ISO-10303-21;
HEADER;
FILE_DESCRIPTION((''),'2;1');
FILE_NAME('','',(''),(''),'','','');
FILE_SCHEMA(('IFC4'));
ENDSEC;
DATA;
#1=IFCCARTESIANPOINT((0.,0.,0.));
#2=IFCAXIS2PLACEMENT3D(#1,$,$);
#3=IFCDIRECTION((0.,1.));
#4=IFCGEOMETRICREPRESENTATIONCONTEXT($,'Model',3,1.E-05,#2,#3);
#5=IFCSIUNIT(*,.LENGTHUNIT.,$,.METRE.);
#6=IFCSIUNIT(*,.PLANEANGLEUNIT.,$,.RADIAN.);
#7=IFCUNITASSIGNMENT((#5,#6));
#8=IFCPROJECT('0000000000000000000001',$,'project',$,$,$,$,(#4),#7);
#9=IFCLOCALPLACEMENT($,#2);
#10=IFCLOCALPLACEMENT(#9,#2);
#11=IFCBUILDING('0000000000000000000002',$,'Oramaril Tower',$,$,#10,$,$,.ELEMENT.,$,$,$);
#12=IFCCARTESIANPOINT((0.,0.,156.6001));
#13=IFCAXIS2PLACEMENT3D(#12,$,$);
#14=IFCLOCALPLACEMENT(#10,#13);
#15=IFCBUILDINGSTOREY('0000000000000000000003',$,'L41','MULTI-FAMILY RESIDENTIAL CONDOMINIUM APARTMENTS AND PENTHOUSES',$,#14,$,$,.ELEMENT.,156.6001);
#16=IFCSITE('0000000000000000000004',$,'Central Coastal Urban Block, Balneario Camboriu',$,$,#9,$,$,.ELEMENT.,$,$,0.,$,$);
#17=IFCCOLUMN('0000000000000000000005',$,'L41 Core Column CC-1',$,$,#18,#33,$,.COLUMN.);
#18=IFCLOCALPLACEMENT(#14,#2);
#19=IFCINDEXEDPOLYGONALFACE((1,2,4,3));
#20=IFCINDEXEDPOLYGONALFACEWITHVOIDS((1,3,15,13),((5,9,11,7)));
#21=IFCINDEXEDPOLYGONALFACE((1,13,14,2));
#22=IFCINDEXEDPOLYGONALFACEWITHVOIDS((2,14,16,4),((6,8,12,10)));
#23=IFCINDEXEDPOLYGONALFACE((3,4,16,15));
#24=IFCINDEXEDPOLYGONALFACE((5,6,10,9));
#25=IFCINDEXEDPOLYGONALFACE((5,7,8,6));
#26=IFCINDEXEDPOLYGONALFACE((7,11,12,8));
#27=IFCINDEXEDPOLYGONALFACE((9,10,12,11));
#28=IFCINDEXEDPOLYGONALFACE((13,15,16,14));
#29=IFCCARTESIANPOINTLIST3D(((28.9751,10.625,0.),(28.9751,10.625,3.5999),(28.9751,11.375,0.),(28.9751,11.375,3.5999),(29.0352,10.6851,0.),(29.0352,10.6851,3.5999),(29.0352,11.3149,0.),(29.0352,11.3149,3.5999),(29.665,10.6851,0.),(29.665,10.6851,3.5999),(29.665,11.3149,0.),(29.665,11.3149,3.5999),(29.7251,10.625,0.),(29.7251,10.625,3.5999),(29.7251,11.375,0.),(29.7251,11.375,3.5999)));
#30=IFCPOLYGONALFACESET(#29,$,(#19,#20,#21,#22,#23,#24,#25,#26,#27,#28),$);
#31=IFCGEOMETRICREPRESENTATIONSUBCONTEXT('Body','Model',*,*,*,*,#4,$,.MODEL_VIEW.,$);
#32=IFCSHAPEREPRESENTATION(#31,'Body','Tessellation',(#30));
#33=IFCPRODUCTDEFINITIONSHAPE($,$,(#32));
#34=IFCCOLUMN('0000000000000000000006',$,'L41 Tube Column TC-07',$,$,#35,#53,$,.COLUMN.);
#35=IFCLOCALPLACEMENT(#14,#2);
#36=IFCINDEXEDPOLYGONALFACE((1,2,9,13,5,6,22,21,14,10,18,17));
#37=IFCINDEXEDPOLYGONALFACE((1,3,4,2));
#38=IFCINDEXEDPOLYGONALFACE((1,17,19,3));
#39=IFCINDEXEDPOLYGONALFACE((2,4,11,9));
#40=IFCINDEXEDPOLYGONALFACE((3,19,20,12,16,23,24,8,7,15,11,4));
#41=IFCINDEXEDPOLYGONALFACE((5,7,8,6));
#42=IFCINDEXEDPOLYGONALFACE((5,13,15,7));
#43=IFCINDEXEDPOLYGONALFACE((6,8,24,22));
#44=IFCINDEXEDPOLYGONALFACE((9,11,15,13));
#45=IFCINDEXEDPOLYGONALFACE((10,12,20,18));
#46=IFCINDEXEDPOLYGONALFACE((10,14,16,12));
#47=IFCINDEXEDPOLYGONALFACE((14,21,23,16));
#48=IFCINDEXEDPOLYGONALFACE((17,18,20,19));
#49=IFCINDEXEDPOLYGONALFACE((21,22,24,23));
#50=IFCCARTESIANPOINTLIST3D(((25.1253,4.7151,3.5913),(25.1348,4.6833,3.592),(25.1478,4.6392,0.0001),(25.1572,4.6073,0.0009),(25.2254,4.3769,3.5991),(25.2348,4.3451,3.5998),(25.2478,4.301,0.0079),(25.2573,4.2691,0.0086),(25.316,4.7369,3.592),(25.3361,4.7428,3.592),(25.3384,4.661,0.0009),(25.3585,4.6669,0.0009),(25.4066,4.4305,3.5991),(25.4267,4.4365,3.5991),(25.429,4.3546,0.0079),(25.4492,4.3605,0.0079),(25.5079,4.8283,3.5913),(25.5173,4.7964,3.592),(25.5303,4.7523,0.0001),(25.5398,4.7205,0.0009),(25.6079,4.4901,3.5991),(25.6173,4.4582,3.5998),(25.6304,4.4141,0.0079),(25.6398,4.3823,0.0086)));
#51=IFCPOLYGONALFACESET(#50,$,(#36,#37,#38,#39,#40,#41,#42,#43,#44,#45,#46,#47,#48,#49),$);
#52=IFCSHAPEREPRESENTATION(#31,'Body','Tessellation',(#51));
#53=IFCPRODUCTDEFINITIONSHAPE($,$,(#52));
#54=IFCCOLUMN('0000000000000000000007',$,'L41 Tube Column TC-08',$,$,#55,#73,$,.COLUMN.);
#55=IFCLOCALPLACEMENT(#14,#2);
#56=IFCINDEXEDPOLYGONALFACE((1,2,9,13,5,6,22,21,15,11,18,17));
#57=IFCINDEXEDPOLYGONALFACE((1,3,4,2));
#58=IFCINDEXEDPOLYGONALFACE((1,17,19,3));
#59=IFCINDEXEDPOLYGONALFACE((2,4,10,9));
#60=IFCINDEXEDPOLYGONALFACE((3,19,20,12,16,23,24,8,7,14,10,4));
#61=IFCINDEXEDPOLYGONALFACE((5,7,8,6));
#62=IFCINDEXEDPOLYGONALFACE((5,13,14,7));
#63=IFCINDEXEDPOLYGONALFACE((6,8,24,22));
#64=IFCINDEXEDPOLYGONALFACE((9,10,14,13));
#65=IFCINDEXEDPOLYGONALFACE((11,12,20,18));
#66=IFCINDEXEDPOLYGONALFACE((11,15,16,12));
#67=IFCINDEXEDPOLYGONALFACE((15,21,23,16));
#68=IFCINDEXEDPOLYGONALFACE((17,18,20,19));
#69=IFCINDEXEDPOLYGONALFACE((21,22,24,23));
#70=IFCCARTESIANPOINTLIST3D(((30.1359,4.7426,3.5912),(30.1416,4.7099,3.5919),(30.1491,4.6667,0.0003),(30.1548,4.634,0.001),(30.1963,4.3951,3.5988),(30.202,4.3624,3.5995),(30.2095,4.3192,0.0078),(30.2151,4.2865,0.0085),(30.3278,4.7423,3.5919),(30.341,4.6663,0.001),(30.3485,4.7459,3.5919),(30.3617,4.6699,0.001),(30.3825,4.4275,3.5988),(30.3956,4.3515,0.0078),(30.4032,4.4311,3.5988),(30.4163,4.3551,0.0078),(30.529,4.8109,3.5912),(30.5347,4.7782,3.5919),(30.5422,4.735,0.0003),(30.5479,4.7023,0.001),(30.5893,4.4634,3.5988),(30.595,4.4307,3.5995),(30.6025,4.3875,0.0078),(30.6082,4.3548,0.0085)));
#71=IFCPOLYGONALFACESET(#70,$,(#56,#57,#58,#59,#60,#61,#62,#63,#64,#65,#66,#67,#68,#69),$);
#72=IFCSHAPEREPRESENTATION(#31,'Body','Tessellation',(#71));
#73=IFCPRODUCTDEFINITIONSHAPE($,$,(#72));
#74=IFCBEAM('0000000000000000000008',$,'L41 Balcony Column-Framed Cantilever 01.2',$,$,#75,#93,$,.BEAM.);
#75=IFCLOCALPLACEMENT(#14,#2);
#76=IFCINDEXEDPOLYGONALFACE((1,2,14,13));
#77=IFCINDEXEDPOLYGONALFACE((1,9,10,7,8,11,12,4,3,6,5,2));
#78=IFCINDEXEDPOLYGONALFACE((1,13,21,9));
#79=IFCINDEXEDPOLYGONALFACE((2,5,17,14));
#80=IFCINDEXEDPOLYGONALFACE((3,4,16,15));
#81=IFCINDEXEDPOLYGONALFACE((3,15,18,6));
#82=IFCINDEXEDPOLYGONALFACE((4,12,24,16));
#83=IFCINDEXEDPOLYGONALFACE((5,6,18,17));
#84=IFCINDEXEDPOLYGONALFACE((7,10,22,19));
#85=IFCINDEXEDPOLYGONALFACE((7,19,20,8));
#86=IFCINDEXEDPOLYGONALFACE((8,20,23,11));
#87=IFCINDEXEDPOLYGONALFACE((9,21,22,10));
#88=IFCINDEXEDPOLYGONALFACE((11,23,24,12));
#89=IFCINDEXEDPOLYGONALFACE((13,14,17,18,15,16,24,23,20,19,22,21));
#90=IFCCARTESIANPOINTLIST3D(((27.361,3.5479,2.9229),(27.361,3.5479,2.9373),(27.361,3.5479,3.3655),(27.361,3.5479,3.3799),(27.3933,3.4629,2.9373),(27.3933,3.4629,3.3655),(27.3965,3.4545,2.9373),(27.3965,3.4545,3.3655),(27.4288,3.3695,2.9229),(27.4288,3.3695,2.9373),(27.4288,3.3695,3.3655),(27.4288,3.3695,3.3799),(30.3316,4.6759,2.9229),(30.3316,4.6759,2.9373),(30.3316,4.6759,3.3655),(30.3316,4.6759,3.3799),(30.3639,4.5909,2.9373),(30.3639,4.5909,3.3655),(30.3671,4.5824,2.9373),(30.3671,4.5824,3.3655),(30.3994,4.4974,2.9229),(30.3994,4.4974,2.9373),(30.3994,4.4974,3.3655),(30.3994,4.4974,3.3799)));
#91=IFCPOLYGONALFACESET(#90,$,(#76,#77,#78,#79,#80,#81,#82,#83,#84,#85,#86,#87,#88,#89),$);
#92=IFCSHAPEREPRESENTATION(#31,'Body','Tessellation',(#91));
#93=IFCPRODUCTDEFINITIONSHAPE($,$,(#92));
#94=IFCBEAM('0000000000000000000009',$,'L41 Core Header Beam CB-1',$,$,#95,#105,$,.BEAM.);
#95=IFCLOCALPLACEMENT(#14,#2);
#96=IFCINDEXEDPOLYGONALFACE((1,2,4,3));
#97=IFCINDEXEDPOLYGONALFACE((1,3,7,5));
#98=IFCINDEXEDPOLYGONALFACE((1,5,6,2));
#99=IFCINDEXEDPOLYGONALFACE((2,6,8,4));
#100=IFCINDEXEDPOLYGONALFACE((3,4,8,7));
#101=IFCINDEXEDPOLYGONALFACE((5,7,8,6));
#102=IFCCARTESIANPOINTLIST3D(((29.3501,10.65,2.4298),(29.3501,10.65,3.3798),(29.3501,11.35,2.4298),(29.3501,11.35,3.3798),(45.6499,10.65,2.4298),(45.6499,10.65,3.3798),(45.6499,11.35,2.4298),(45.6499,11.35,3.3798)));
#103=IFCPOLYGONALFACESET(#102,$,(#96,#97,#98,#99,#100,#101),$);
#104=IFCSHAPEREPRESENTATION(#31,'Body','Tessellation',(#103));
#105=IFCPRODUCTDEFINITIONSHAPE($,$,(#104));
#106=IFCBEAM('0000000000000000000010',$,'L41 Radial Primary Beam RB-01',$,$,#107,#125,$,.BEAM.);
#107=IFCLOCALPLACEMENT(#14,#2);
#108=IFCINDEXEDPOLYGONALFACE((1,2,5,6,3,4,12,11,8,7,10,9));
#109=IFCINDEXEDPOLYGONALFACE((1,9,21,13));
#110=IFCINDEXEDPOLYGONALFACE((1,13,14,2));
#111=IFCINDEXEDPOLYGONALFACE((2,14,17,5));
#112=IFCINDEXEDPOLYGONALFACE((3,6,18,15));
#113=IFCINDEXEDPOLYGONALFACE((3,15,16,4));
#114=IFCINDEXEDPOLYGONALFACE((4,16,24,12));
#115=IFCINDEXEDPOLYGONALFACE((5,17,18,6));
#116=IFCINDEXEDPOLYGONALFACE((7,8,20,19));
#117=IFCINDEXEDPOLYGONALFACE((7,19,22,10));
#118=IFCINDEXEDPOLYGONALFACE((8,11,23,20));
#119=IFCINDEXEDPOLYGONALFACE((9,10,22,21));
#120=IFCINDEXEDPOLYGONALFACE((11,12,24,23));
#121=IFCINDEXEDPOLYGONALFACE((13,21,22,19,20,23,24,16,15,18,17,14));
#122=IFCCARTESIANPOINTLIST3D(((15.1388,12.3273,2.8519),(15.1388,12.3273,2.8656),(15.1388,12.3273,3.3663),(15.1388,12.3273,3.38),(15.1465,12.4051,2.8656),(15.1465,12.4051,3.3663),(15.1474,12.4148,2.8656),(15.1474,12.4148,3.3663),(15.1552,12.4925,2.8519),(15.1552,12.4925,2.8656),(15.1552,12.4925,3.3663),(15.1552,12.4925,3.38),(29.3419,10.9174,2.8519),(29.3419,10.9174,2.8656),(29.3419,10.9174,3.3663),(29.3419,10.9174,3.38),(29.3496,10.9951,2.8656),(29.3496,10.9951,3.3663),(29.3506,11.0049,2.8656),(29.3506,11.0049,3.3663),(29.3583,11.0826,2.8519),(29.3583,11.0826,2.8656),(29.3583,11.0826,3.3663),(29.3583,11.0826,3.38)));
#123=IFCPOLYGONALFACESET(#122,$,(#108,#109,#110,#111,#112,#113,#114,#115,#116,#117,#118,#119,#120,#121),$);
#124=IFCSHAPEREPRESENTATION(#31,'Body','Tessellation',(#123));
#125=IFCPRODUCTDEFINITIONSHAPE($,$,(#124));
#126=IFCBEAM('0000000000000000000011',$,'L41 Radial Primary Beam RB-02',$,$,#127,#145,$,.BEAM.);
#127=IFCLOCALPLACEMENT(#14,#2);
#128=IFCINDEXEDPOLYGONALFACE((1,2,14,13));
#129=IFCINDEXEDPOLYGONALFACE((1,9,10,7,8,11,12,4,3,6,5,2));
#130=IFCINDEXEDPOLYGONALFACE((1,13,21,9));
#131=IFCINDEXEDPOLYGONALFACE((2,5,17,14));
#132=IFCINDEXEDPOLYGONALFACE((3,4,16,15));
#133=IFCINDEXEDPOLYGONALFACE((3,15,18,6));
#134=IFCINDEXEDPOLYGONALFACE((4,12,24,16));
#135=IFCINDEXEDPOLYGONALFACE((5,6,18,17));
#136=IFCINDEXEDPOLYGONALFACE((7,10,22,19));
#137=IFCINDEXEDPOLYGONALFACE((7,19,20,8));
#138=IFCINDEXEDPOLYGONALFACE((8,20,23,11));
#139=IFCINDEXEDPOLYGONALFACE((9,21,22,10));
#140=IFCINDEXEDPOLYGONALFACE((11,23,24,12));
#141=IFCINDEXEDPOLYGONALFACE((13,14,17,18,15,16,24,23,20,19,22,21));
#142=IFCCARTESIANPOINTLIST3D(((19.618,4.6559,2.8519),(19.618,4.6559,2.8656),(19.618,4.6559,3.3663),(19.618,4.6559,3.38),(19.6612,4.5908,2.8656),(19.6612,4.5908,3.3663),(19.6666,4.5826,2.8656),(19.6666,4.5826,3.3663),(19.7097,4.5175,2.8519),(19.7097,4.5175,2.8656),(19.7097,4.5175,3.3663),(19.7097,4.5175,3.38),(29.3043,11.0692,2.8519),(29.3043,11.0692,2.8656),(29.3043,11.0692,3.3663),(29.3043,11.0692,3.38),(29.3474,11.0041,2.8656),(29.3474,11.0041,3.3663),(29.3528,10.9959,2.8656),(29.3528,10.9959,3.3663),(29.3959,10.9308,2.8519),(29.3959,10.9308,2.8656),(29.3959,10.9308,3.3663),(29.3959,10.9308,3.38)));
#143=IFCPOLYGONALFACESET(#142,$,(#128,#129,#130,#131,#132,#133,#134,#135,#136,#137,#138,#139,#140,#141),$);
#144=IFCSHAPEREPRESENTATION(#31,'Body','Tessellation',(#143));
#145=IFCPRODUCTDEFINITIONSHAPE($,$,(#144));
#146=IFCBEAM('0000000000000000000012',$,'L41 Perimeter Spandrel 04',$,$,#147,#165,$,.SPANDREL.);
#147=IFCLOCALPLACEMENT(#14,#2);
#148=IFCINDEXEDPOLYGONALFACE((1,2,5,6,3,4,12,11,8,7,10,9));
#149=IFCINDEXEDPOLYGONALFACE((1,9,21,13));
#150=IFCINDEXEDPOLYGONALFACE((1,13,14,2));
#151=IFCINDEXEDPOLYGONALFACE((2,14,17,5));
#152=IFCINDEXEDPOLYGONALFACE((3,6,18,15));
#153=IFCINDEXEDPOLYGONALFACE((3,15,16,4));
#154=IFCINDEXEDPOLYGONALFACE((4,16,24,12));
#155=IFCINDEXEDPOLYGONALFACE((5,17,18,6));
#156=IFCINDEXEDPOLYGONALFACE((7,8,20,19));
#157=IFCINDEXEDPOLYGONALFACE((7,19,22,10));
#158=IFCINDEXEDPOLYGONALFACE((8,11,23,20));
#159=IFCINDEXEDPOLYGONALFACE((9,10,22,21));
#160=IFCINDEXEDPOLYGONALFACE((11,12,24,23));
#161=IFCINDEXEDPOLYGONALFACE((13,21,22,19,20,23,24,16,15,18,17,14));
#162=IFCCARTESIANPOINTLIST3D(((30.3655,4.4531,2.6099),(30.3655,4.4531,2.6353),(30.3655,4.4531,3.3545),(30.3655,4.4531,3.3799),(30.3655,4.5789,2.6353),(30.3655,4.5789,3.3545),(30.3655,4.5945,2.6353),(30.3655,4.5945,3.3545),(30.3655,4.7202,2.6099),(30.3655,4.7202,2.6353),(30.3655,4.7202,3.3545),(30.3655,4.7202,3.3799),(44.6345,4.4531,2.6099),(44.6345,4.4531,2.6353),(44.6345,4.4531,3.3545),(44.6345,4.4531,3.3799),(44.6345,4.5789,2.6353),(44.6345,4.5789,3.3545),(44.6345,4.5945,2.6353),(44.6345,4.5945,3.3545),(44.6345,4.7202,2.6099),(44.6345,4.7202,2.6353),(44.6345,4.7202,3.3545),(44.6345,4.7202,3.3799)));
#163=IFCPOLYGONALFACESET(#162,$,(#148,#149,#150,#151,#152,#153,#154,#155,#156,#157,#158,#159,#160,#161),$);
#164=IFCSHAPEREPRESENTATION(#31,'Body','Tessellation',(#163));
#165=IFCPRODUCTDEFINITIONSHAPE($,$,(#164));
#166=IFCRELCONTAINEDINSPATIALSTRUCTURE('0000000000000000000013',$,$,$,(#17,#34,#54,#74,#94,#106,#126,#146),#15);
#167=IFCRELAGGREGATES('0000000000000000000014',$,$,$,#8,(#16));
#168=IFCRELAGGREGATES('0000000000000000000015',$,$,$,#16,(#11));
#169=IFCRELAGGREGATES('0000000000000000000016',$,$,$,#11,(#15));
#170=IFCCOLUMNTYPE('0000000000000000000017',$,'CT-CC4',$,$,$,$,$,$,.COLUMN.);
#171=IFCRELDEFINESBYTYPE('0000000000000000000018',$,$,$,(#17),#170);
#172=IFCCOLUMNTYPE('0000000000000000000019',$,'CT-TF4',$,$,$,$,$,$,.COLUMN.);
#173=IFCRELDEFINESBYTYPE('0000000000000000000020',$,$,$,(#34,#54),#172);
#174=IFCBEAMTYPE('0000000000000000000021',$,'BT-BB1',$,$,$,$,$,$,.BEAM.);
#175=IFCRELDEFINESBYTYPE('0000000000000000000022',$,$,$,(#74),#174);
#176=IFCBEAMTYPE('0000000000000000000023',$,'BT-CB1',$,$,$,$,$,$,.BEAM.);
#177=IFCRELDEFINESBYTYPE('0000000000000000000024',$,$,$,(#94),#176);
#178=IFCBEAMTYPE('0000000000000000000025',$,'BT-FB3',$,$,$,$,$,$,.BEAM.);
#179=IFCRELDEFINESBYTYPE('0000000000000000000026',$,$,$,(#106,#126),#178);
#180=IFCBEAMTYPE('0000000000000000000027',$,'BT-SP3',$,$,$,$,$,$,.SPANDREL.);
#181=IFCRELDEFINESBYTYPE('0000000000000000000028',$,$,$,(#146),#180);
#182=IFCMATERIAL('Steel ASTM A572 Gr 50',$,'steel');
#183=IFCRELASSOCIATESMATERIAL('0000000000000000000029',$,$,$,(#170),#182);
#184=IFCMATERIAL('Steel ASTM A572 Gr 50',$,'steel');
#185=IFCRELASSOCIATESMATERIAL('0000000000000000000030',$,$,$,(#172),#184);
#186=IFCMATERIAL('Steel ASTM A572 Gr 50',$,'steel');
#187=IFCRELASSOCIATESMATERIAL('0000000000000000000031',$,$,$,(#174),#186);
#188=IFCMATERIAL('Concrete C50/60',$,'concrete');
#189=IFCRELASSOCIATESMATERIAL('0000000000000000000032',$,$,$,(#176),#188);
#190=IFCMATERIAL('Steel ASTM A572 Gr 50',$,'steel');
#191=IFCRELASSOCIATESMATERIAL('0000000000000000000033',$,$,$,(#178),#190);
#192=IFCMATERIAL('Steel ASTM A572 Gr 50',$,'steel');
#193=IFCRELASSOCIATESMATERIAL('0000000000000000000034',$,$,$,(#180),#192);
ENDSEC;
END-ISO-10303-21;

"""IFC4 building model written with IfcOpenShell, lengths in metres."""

from ifc_helpers import new_model, si_unit, direction, frame, origin, origin_2d, place, context, subcontext, project, spatial, rectangle, hollow_rectangle, i_section, extrude, material, material_profile, profile_set, type_object, element, save


model = new_model("IFC4")

# Units and contexts
model_context = context("Model", 3, precision=1e-05, world=origin(), true_north=direction((0.0, 1.0)))
body_context = subcontext(model_context, "Body", "Model", "MODEL_VIEW")
ifc_project = project(units=[si_unit("LENGTHUNIT", "METRE"), si_unit("PLANEANGLEUNIT", "RADIAN")], contexts=[model_context])

# Site, building, storey
site_placement = place(None, origin())
site = spatial("IfcSite", under=ifc_project, at=site_placement, Name="Central Coastal Urban Block, Balneario Camboriu", CompositionType="ELEMENT", RefElevation=0.0)
building_placement = place(site_placement, origin())
building = spatial("IfcBuilding", under=site, at=building_placement, Name="Oramaril Tower", CompositionType="ELEMENT")
storey_placement = place(building_placement, frame((0.0, 0.0, 156.6001)))
storey = spatial("IfcBuildingStorey", under=building, at=storey_placement, Name="L41", Description="MULTI-FAMILY RESIDENTIAL CONDOMINIUM APARTMENTS AND PENTHOUSES", CompositionType="ELEMENT", Elevation=156.6001)

# Columns
ifc_material_1 = material(Name="Steel ASTM A572 Gr 50", Category="steel")
ifc_material_profile_1 = material_profile(ifc_material_1, hollow_rectangle(XDim=0.75, YDim=0.75, WallThickness=0.0601, at=origin_2d()), Name="BOX750X750X60")
ifc_profile_set_1 = profile_set([ifc_material_profile_1], Name="Steel ASTM A572 Gr 50")
column_type_1 = type_object("IfcColumnType", Name="CT-CC4", PredefinedType="COLUMN", material=ifc_profile_set_1)
column_1_placement = place(storey_placement, frame((29.3501, 11.0, 0.0), z_axis=(0.0, 0.0, 1.0), x_axis=(1.0, 0.0, 0.0)))
element("IfcColumn", 1, at=column_1_placement, inside=storey, type_object=column_type_1, Name="L41 Core Column CC-1", PredefinedType="COLUMN", context=body_context, shape_type="SweptSolid", body=[
    extrude(hollow_rectangle(XDim=0.75, YDim=0.75, WallThickness=0.0601, at=origin_2d()), origin(), (0.0, 0.0, 1.0), 3.5999),
])
ifc_material_2 = material(Name="Steel ASTM A572 Gr 50", Category="steel")
ifc_material_profile_2 = material_profile(ifc_material_2, i_section(OverallWidth=0.3989, OverallDepth=0.386, WebThickness=0.021, FlangeThickness=0.0332, at=origin_2d()), Name="W14X176")
ifc_profile_set_2 = profile_set([ifc_material_profile_2], Name="Steel ASTM A572 Gr 50")
column_type_2 = type_object("IfcColumnType", Name="CT-TF4", PredefinedType="COLUMN", material=ifc_profile_set_2)
column_2_placement = place(storey_placement, frame((25.3938, 4.5107, 0.0044), z_axis=(-0.006253, 0.021138, 0.999757), x_axis=(-0.958922, -0.283668, 0.0)))
element("IfcColumn", 2, at=column_2_placement, inside=storey, type_object=column_type_2, Name="L41 Tube Column TC-07", PredefinedType="COLUMN", context=body_context, shape_type="SweptSolid", body=[
    extrude(i_section(OverallWidth=0.3989, OverallDepth=0.386, WebThickness=0.021, FlangeThickness=0.0332, at=origin_2d()), origin(), (0.0, 0.0, 1.0), 3.592),
])
column_3_placement = place(storey_placement, frame((30.3787, 4.5107, 0.0044), z_axis=(-0.00367, 0.021139, 0.99977), x_axis=(-0.985258, -0.171074, 0.0)))
element("IfcColumn", 3, at=column_3_placement, inside=storey, type_object=column_type_2, Name="L41 Tube Column TC-08", PredefinedType="COLUMN", context=body_context, shape_type="SweptSolid", body=[
    extrude(i_section(OverallWidth=0.3989, OverallDepth=0.386, WebThickness=0.021, FlangeThickness=0.0332, at=origin_2d()), origin(), (0.0, 0.0, 1.0), 3.5918),
])

# Beams
ifc_material_3 = material(Name="Steel ASTM A572 Gr 50", Category="steel")
ifc_material_profile_3 = material_profile(ifc_material_3, i_section(OverallWidth=0.1909, OverallDepth=0.457, WebThickness=0.009, FlangeThickness=0.0144, at=origin_2d()), Name="W18X50")
ifc_profile_set_3 = profile_set([ifc_material_profile_3], Name="Steel ASTM A572 Gr 50")
beam_type_1 = type_object("IfcBeamType", Name="BT-BB1", PredefinedType="BEAM", material=ifc_profile_set_3)
beam_1_placement = place(storey_placement, frame((30.3655, 4.5867, 3.1514), z_axis=(-0.934872, -0.354985, 0.0), x_axis=(0.354985, -0.934872, 0.0)))
element("IfcBeam", 4, at=beam_1_placement, inside=storey, type_object=beam_type_1, Name="L41 Balcony Column-Framed Cantilever 01.2", PredefinedType="BEAM", context=body_context, shape_type="SweptSolid", body=[
    extrude(i_section(OverallWidth=0.1909, OverallDepth=0.457, WebThickness=0.009, FlangeThickness=0.0144, at=origin_2d()), origin(), (0.0, 0.0, 1.0), 3.1775),
])
ifc_material_4 = material(Name="Concrete C50/60", Category="concrete")
ifc_material_profile_4 = material_profile(ifc_material_4, rectangle(XDim=0.7, YDim=0.95, at=origin_2d()), Name="CB700X950")
ifc_profile_set_4 = profile_set([ifc_material_profile_4], Name="Concrete C50/60")
beam_type_2 = type_object("IfcBeamType", Name="BT-CB1", PredefinedType="BEAM", material=ifc_profile_set_4)
beam_2_placement = place(storey_placement, frame((29.3501, 11.0, 2.9048), z_axis=(1.0, 0.0, 0.0), x_axis=(0.0, 1.0, 0.0)))
element("IfcBeam", 5, at=beam_2_placement, inside=storey, type_object=beam_type_2, Name="L41 Core Header Beam CB-1", PredefinedType="BEAM", context=body_context, shape_type="SweptSolid", body=[
    extrude(rectangle(XDim=0.7, YDim=0.95, at=origin_2d()), origin(), (0.0, 0.0, 1.0), 16.2998),
])
ifc_material_5 = material(Name="Steel ASTM A572 Gr 50", Category="steel")
ifc_material_profile_5 = material_profile(ifc_material_5, i_section(OverallWidth=0.166, OverallDepth=0.5281, WebThickness=0.0098, FlangeThickness=0.0137, at=origin_2d()), Name="W21X50")
ifc_profile_set_5 = profile_set([ifc_material_profile_5], Name="Steel ASTM A572 Gr 50")
beam_type_3 = type_object("IfcBeamType", Name="BT-FB3", PredefinedType="BEAM", material=ifc_profile_set_5)
beam_3_placement = place(storey_placement, frame((29.3501, 11.0, 3.116), z_axis=(-0.995109, 0.098782, 0.0), x_axis=(-0.098782, -0.995109, 0.0)))
element("IfcBeam", 6, at=beam_3_placement, inside=storey, type_object=beam_type_3, Name="L41 Radial Primary Beam RB-01", PredefinedType="BEAM", context=body_context, shape_type="SweptSolid", body=[
    extrude(i_section(OverallWidth=0.166, OverallDepth=0.5281, WebThickness=0.0098, FlangeThickness=0.0137, at=origin_2d()), origin(), (0.0, 0.0, 1.0), 14.2729),
])
beam_4_placement = place(storey_placement, frame((29.3501, 11.0, 3.116), z_axis=(-0.833802, -0.552064, 0.0), x_axis=(0.552064, -0.833802, 0.0)))
element("IfcBeam", 7, at=beam_4_placement, inside=storey, type_object=beam_type_3, Name="L41 Radial Primary Beam RB-02", PredefinedType="BEAM", context=body_context, shape_type="SweptSolid", body=[
    extrude(i_section(OverallWidth=0.166, OverallDepth=0.5281, WebThickness=0.0098, FlangeThickness=0.0137, at=origin_2d()), origin(), (0.0, 0.0, 1.0), 11.6169),
])
ifc_material_6 = material(Name="Steel ASTM A572 Gr 50", Category="steel")
ifc_material_profile_6 = material_profile(ifc_material_6, i_section(OverallWidth=0.2671, OverallDepth=0.77, WebThickness=0.0156, FlangeThickness=0.0254, at=origin_2d()), Name="W30X132")
ifc_profile_set_6 = profile_set([ifc_material_profile_6], Name="Steel ASTM A572 Gr 50")
beam_type_4 = type_object("IfcBeamType", Name="BT-SP3", PredefinedType="SPANDREL", material=ifc_profile_set_6)
beam_5_placement = place(storey_placement, frame((30.3655, 4.5867, 2.9949), z_axis=(1.0, 0.0, 0.0), x_axis=(0.0, 1.0, 0.0)))
element("IfcBeam", 8, at=beam_5_placement, inside=storey, type_object=beam_type_4, Name="L41 Perimeter Spandrel 04", PredefinedType="SPANDREL", context=body_context, shape_type="SweptSolid", body=[
    extrude(i_section(OverallWidth=0.2671, OverallDepth=0.77, WebThickness=0.0156, FlangeThickness=0.0254, at=origin_2d()), origin(), (0.0, 0.0, 1.0), 14.269),
])

save(model, "model.ifc")
